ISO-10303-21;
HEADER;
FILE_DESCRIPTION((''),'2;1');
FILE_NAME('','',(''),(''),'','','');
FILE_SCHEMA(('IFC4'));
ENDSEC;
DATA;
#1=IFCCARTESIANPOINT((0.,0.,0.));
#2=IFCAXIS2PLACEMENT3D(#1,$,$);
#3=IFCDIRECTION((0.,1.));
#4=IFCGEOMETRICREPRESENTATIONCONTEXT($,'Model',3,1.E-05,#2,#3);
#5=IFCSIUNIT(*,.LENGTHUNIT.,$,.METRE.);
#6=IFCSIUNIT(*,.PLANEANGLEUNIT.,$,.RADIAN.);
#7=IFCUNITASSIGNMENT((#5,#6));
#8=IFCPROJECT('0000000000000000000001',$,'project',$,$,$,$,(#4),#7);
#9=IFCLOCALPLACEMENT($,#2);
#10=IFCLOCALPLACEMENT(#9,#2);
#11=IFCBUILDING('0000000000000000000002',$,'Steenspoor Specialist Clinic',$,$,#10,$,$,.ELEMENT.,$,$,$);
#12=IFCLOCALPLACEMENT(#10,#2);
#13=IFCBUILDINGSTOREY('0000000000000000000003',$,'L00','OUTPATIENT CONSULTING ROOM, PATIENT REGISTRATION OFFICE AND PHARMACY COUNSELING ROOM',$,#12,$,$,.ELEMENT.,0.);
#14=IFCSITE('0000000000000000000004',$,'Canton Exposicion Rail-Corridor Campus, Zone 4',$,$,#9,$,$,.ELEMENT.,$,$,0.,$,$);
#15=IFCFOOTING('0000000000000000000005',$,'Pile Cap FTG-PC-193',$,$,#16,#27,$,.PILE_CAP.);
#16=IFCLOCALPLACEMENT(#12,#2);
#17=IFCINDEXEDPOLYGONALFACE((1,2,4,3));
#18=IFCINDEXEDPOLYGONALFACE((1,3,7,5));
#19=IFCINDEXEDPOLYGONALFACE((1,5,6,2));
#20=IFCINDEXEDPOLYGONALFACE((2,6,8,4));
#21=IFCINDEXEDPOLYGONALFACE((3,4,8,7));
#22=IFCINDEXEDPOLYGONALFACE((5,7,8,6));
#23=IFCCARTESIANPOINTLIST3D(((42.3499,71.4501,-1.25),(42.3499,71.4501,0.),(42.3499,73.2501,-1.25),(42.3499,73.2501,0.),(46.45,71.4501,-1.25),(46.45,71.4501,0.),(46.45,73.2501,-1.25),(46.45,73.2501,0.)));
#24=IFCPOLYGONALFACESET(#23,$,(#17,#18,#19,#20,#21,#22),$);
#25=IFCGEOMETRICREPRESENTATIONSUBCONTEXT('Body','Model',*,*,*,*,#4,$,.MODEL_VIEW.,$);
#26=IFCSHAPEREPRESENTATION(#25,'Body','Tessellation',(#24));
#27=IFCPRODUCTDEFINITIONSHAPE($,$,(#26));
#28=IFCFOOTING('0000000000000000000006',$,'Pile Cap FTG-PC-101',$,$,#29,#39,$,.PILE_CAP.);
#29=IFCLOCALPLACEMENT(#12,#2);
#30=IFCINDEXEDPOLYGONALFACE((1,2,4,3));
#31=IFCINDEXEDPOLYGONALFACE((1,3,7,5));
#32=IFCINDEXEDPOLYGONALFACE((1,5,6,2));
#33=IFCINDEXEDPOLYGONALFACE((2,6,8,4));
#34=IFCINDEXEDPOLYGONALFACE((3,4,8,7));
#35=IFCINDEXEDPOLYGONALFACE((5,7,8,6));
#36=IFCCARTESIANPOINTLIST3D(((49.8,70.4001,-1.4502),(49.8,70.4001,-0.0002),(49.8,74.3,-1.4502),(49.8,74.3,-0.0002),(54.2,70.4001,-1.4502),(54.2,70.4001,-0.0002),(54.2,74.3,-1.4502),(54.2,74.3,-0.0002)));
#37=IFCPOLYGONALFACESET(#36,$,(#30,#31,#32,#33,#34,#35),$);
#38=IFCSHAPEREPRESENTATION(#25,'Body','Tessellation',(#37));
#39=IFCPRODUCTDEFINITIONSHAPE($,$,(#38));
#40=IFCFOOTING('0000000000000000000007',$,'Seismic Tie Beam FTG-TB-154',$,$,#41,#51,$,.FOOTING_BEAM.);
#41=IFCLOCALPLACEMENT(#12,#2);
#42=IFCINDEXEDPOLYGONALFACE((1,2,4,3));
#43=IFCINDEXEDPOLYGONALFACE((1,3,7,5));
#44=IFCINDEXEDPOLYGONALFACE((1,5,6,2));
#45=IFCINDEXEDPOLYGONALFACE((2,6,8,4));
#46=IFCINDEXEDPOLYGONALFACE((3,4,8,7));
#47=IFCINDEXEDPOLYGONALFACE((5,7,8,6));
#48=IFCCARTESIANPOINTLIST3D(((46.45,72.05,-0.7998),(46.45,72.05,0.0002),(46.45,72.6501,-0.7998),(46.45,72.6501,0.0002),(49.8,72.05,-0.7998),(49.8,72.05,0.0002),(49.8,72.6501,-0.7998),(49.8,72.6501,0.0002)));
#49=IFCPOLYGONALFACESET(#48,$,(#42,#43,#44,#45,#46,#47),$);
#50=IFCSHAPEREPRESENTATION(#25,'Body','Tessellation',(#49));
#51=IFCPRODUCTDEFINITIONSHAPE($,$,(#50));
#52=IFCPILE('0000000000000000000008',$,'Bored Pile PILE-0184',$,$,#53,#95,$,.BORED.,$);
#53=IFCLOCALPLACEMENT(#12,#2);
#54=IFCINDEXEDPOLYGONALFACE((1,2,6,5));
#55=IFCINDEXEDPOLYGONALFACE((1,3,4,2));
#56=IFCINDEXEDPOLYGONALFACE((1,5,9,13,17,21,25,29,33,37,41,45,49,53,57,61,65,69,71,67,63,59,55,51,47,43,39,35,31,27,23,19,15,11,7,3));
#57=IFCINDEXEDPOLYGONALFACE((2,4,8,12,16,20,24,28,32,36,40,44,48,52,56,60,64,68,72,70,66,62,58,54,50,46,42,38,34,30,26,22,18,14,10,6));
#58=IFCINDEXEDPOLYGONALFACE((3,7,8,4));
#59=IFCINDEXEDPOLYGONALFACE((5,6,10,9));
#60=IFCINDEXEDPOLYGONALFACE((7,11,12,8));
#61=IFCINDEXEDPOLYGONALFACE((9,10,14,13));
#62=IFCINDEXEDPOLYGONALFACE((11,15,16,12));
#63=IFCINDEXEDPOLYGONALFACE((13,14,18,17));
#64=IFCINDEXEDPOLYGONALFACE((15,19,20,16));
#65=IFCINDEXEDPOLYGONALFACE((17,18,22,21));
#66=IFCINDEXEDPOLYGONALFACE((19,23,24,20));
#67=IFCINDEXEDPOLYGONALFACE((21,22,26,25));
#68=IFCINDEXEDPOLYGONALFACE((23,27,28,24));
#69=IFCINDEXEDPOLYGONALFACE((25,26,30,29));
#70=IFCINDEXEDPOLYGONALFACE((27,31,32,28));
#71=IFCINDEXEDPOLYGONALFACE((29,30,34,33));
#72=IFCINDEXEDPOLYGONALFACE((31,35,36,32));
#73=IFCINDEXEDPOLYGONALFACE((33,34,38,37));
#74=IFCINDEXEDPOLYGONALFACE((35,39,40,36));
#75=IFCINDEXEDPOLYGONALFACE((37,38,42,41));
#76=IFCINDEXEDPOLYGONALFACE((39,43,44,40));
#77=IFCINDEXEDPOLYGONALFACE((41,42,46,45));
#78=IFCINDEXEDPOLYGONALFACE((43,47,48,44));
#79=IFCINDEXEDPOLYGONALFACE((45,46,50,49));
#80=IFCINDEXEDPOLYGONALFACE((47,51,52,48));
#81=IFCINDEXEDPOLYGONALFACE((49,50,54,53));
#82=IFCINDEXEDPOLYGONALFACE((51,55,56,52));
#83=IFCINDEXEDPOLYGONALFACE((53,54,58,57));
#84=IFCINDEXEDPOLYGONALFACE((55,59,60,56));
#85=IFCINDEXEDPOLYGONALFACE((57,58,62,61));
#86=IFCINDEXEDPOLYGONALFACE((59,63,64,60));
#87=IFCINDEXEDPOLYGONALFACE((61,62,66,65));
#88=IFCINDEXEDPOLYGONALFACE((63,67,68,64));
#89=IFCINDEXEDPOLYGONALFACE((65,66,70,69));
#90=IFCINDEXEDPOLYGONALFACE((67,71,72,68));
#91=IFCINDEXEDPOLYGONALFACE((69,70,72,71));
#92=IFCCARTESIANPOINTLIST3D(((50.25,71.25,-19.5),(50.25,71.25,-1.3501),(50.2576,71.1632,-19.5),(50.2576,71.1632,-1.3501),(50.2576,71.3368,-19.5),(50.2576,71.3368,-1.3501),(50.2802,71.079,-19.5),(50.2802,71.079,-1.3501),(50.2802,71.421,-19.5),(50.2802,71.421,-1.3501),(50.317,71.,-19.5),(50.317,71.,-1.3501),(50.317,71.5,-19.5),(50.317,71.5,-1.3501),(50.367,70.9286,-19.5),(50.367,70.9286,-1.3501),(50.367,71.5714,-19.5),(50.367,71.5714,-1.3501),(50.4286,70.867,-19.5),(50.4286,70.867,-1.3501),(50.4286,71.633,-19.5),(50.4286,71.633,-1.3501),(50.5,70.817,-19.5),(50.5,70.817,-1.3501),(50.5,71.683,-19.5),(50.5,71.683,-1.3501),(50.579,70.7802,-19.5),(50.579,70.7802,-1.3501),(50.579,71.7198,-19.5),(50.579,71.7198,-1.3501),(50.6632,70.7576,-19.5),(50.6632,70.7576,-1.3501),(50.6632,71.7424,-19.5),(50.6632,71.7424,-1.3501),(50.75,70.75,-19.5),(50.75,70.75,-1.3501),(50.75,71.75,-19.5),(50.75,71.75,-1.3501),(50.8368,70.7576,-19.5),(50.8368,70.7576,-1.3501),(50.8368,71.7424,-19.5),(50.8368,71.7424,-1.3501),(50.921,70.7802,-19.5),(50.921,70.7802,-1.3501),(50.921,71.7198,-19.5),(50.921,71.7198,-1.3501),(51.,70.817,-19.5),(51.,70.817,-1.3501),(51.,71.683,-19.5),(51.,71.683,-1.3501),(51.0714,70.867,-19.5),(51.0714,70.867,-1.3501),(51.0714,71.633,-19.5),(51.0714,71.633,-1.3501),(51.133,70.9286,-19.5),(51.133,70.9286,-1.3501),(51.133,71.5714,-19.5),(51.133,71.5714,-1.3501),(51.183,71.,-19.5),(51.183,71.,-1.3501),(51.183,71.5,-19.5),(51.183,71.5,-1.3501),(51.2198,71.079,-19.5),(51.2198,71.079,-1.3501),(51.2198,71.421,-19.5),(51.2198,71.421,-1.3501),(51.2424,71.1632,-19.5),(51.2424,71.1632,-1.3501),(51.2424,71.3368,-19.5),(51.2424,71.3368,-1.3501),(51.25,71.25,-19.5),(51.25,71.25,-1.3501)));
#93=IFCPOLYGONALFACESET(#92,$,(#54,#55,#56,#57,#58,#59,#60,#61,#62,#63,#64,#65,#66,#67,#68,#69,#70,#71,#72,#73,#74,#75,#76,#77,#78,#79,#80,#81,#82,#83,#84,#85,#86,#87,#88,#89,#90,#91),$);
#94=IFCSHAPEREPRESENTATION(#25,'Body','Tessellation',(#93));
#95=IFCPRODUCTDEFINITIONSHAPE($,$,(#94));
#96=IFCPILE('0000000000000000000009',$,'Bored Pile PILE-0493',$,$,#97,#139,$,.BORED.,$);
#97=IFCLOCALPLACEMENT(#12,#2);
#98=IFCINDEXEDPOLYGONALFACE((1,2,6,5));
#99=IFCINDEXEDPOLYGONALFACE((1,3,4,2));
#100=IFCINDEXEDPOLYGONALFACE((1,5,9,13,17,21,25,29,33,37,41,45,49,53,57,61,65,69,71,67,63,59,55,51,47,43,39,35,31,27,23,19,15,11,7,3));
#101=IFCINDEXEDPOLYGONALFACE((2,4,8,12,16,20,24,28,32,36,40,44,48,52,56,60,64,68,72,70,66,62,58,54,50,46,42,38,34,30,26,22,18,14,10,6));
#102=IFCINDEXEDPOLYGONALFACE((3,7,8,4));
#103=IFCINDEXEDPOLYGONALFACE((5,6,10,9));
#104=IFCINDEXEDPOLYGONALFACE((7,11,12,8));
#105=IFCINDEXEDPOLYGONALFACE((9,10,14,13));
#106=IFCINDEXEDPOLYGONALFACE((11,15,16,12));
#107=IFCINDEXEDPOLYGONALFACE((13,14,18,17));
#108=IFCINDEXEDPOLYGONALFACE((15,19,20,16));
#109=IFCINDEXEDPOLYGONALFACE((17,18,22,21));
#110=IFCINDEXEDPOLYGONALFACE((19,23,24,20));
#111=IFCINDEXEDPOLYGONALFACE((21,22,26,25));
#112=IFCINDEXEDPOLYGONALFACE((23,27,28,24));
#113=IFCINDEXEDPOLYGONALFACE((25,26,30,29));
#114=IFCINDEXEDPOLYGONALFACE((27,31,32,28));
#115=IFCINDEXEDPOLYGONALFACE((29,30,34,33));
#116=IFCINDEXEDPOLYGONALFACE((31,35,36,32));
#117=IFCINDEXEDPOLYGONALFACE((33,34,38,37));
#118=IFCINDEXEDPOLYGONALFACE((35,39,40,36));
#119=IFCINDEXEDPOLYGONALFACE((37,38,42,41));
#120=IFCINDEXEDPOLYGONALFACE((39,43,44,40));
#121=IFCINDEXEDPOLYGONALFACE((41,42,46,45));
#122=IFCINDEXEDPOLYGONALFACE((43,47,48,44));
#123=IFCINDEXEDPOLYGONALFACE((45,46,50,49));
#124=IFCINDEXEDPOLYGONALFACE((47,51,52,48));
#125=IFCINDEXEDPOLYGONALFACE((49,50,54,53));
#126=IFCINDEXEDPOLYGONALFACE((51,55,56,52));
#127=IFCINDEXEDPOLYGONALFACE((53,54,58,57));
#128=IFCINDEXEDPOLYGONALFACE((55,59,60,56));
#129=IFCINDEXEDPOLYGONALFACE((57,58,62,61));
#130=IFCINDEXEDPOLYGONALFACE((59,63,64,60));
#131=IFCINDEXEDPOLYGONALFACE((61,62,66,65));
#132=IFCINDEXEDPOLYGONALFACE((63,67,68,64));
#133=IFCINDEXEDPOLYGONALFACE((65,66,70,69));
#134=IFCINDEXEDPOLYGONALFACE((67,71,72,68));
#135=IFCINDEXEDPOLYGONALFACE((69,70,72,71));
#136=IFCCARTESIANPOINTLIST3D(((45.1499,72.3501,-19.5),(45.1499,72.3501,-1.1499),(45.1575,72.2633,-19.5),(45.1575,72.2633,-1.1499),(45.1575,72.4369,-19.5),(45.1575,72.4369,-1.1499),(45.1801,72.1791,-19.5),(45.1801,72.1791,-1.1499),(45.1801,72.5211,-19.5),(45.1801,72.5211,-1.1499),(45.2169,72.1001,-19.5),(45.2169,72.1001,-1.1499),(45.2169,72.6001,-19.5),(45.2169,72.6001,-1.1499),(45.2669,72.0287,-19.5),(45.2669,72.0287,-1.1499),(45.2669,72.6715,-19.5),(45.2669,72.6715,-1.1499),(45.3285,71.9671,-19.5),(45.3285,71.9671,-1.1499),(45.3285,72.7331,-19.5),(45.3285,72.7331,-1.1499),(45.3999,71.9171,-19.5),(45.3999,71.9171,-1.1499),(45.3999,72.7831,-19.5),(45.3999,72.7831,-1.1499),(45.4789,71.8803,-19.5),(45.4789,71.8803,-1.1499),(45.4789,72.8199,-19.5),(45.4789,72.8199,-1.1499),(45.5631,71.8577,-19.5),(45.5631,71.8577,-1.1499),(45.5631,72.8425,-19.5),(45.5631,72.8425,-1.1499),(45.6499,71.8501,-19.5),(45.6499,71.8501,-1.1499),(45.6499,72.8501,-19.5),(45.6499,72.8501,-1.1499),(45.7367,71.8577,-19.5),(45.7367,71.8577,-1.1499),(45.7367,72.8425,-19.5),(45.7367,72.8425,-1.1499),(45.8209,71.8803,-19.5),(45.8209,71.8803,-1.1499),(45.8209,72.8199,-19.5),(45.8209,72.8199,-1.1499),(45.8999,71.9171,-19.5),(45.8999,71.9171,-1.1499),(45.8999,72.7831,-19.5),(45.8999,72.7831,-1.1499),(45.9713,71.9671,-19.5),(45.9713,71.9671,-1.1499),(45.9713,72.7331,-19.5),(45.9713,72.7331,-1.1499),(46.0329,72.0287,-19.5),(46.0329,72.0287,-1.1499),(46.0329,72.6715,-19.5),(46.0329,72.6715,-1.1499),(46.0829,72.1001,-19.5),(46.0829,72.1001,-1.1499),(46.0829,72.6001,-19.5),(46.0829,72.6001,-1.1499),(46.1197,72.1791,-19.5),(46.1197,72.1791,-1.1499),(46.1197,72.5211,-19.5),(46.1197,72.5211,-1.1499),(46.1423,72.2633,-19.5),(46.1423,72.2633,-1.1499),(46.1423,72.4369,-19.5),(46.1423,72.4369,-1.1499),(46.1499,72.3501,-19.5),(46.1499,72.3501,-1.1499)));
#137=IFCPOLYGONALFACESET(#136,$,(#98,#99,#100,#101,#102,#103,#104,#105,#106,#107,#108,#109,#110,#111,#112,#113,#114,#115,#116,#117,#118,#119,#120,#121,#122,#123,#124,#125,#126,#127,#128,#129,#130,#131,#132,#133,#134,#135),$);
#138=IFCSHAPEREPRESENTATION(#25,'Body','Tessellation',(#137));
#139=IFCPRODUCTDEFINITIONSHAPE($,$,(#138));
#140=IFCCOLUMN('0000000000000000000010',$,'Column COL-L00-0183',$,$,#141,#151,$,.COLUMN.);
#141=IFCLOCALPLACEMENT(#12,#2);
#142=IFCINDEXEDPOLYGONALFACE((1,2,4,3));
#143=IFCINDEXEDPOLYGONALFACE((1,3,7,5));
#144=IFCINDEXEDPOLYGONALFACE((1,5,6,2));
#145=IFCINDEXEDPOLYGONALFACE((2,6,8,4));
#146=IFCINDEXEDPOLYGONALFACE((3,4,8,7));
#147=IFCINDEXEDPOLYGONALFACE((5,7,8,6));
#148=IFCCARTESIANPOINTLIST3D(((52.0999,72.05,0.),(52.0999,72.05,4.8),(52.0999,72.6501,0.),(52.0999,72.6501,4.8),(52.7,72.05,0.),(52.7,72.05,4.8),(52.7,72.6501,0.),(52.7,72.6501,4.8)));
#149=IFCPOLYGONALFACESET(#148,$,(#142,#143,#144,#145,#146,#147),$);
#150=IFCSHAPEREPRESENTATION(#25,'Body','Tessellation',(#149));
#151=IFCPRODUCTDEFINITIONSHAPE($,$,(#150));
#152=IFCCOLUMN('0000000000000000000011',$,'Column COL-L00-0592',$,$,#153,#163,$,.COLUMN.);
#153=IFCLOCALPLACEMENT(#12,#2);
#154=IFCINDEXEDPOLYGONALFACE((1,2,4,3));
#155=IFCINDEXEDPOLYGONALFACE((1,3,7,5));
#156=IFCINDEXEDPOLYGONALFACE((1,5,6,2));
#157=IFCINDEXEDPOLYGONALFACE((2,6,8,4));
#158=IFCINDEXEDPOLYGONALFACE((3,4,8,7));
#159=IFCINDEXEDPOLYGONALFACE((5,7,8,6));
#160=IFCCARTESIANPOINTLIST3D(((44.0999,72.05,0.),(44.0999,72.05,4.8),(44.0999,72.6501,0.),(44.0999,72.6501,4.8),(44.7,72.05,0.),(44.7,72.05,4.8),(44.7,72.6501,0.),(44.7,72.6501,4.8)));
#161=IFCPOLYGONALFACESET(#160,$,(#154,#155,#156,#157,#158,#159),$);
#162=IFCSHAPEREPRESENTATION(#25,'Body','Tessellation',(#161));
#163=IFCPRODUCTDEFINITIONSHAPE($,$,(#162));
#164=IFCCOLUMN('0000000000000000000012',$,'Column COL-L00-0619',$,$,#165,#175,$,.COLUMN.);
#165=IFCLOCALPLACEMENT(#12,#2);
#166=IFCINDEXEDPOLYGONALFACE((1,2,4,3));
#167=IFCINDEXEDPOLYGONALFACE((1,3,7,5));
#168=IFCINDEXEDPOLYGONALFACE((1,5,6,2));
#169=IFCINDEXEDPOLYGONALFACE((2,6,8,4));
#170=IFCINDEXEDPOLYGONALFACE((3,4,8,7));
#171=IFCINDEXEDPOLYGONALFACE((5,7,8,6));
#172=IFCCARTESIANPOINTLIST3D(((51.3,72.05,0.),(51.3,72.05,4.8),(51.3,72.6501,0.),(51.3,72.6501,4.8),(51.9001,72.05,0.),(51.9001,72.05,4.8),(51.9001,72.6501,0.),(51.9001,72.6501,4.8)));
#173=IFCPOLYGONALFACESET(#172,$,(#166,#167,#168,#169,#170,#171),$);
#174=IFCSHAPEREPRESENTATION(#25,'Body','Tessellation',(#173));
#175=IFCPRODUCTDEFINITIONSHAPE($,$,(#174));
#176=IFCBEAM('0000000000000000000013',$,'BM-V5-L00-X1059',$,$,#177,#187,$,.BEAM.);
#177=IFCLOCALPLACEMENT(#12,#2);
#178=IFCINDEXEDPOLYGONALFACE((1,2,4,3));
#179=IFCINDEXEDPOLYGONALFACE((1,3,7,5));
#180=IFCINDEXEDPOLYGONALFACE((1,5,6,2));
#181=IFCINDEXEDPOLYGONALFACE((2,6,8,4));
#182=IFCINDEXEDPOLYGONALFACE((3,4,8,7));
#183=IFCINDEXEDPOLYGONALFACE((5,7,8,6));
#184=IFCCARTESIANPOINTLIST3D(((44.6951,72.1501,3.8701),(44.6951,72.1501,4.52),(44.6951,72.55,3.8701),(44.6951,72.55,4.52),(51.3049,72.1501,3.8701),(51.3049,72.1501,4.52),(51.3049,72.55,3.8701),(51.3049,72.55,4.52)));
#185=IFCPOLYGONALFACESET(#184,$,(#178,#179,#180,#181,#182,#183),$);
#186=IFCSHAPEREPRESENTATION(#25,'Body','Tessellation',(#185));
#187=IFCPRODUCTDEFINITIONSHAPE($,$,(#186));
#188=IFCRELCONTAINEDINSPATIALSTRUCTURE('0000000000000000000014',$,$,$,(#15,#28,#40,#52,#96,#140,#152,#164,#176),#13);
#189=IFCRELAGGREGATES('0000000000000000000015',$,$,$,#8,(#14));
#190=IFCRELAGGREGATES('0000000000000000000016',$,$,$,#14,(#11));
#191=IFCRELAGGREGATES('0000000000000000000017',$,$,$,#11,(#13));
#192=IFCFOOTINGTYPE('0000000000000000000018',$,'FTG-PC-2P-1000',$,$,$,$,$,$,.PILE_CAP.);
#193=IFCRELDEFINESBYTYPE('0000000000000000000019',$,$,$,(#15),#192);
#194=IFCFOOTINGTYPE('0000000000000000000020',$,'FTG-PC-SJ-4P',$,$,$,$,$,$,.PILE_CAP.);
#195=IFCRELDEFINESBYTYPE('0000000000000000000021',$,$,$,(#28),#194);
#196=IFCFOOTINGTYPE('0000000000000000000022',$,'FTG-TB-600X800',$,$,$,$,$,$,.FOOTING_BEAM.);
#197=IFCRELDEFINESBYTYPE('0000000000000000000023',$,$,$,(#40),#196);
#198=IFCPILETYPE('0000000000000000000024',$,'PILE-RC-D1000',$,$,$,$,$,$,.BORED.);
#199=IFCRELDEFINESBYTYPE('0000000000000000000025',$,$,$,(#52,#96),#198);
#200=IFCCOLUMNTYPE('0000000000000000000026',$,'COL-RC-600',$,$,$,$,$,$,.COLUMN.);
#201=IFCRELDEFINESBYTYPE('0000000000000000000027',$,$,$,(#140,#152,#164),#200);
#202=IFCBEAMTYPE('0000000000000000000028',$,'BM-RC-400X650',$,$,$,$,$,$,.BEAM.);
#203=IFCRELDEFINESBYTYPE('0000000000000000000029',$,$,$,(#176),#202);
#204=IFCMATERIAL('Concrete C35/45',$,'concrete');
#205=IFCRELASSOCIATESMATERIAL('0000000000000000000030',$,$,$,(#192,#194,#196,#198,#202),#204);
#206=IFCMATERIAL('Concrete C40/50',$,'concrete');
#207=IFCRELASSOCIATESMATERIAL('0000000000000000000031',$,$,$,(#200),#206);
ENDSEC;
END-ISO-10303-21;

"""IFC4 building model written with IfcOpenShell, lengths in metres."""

from ifc_helpers import new_model, si_unit, direction, frame, origin, origin_2d, place, context, subcontext, project, spatial, rectangle, circle, extrude, material, material_profile, profile_set, type_object, element, save


model = new_model("IFC4")

# Units and contexts
model_context = context("Model", 3, precision=1e-05, world=origin(), true_north=direction((0.0, 1.0)))
body_context = subcontext(model_context, "Body", "Model", "MODEL_VIEW")
ifc_project = project(units=[si_unit("LENGTHUNIT", "METRE"), si_unit("PLANEANGLEUNIT", "RADIAN")], contexts=[model_context])

# Site, building, storey
site_placement = place(None, origin())
site = spatial("IfcSite", under=ifc_project, at=site_placement, Name="Canton Exposicion Rail-Corridor Campus, Zone 4", CompositionType="ELEMENT", RefElevation=0.0)
building_placement = place(site_placement, origin())
building = spatial("IfcBuilding", under=site, at=building_placement, Name="Steenspoor Specialist Clinic", CompositionType="ELEMENT")
storey_placement = place(building_placement, origin())
storey = spatial("IfcBuildingStorey", under=building, at=storey_placement, Name="L00", Description="OUTPATIENT CONSULTING ROOM, PATIENT REGISTRATION OFFICE AND PHARMACY COUNSELING ROOM", CompositionType="ELEMENT", Elevation=0.0)

# Footings
ifc_material_1 = material(Name="Concrete C35/45", Category="concrete")
footing_type_1 = type_object("IfcFootingType", Name="FTG-PC-2P-1000", PredefinedType="PILE_CAP", material=ifc_material_1)
footing_1_placement = place(storey_placement, frame((44.3999, 72.3501, -1.25), z_axis=(0.0, 0.0, 1.0), x_axis=(1.0, 0.0, 0.0)))
element("IfcFooting", 1, at=footing_1_placement, inside=storey, type_object=footing_type_1, Name="Pile Cap FTG-PC-193", PredefinedType="PILE_CAP", context=body_context, shape_type="SweptSolid", body=[
    extrude(rectangle(XDim=4.1001, YDim=1.8, at=origin_2d()), origin(), (0.0, 0.0, 1.0), 1.25),
])
footing_type_2 = type_object("IfcFootingType", Name="FTG-PC-SJ-4P", PredefinedType="PILE_CAP", material=ifc_material_1)
footing_2_placement = place(storey_placement, frame((52.0, 72.3501, -1.4502), z_axis=(0.0, 0.0, 1.0), x_axis=(1.0, 0.0, 0.0)))
element("IfcFooting", 2, at=footing_2_placement, inside=storey, type_object=footing_type_2, Name="Pile Cap FTG-PC-101", PredefinedType="PILE_CAP", context=body_context, shape_type="SweptSolid", body=[
    extrude(rectangle(XDim=4.3999, YDim=3.8999, at=origin_2d()), origin(), (0.0, 0.0, 1.0), 1.45),
])
footing_type_3 = type_object("IfcFootingType", Name="FTG-TB-600X800", PredefinedType="FOOTING_BEAM", material=ifc_material_1)
footing_3_placement = place(storey_placement, frame((48.125, 72.3501, -0.7998), z_axis=(0.0, 0.0, 1.0), x_axis=(1.0, 0.0, 0.0)))
element("IfcFooting", 3, at=footing_3_placement, inside=storey, type_object=footing_type_3, Name="Seismic Tie Beam FTG-TB-154", PredefinedType="FOOTING_BEAM", context=body_context, shape_type="SweptSolid", body=[
    extrude(rectangle(XDim=3.3501, YDim=0.6001, at=origin_2d()), origin(), (0.0, 0.0, 1.0), 0.8),
])

# Piles
ifc_material_profile_1 = material_profile(ifc_material_1, circle(Radius=0.5, at=origin_2d()), Name="PILE-D1000")
ifc_profile_set_1 = profile_set([ifc_material_profile_1], Name="Concrete C35/45")
pile_type = type_object("IfcPileType", Name="PILE-RC-D1000", PredefinedType="BORED", material=ifc_profile_set_1)
pile_1_placement = place(storey_placement, frame((50.75, 71.25, -1.3501), z_axis=(0.0, 0.0, -1.0), x_axis=(1.0, 0.0, 0.0)))
element("IfcPile", 4, at=pile_1_placement, inside=storey, type_object=pile_type, Name="Bored Pile PILE-0184", PredefinedType="BORED", context=body_context, shape_type="SweptSolid", body=[
    extrude(circle(Radius=0.5, at=origin_2d()), origin(), (0.0, 0.0, 1.0), 18.1499),
])
pile_2_placement = place(storey_placement, frame((45.6499, 72.3501, -1.1499), z_axis=(0.0, 0.0, -1.0), x_axis=(1.0, 0.0, 0.0)))
element("IfcPile", 5, at=pile_2_placement, inside=storey, type_object=pile_type, Name="Bored Pile PILE-0493", PredefinedType="BORED", context=body_context, shape_type="SweptSolid", body=[
    extrude(circle(Radius=0.5, at=origin_2d()), origin(), (0.0, 0.0, 1.0), 18.3501),
])

# Columns
ifc_material_2 = material(Name="Concrete C40/50", Category="concrete")
ifc_material_profile_2 = material_profile(ifc_material_2, rectangle(XDim=0.6001, YDim=0.6001, at=origin_2d()), Name="RC-COL-600X600")
ifc_profile_set_2 = profile_set([ifc_material_profile_2], Name="Concrete C40/50")
column_type = type_object("IfcColumnType", Name="COL-RC-600", PredefinedType="COLUMN", material=ifc_profile_set_2)
for number, where, z_axis, x_axis, name in (
    (6, (52.3999, 72.3501, 0.0), (0.0, 0.0, 1.0), (1.0, 0.0, 0.0), "Column COL-L00-0183"),
    (7, (44.3999, 72.3501, 0.0), (0.0, 0.0, 1.0), (1.0, 0.0, 0.0), "Column COL-L00-0592"),
    (8, (51.6001, 72.3501, 0.0), (0.0, 0.0, 1.0), (1.0, 0.0, 0.0), "Column COL-L00-0619"),
):
    element("IfcColumn", number, at=place(storey_placement, frame(where, z_axis=z_axis, x_axis=x_axis)), inside=storey, type_object=column_type, Name=name, PredefinedType="COLUMN", context=body_context, shape_type="SweptSolid", body=[
        extrude(rectangle(XDim=0.6001, YDim=0.6001, at=origin_2d()), origin(), (0.0, 0.0, 1.0), 4.8),
    ])

# Beam
ifc_material_profile_3 = material_profile(ifc_material_1, rectangle(XDim=0.3999, YDim=0.6499, at=origin_2d()), Name="RC-BM-400X650")
ifc_profile_set_3 = profile_set([ifc_material_profile_3], Name="Concrete C35/45")
beam_type_1 = type_object("IfcBeamType", Name="BM-RC-400X650", PredefinedType="BEAM", material=ifc_profile_set_3)
beam_1_placement = place(storey_placement, frame((44.6951, 72.3501, 4.1951), z_axis=(1.0, 0.0, 0.0), x_axis=(0.0, 1.0, 0.0)))
element("IfcBeam", 9, at=beam_1_placement, inside=storey, type_object=beam_type_1, Name="BM-V5-L00-X1059", PredefinedType="BEAM", context=body_context, shape_type="SweptSolid", body=[
    extrude(rectangle(XDim=0.3999, YDim=0.6499, at=origin_2d()), origin(), (0.0, 0.0, 1.0), 6.6099),
])

save(model, "model.ifc")
